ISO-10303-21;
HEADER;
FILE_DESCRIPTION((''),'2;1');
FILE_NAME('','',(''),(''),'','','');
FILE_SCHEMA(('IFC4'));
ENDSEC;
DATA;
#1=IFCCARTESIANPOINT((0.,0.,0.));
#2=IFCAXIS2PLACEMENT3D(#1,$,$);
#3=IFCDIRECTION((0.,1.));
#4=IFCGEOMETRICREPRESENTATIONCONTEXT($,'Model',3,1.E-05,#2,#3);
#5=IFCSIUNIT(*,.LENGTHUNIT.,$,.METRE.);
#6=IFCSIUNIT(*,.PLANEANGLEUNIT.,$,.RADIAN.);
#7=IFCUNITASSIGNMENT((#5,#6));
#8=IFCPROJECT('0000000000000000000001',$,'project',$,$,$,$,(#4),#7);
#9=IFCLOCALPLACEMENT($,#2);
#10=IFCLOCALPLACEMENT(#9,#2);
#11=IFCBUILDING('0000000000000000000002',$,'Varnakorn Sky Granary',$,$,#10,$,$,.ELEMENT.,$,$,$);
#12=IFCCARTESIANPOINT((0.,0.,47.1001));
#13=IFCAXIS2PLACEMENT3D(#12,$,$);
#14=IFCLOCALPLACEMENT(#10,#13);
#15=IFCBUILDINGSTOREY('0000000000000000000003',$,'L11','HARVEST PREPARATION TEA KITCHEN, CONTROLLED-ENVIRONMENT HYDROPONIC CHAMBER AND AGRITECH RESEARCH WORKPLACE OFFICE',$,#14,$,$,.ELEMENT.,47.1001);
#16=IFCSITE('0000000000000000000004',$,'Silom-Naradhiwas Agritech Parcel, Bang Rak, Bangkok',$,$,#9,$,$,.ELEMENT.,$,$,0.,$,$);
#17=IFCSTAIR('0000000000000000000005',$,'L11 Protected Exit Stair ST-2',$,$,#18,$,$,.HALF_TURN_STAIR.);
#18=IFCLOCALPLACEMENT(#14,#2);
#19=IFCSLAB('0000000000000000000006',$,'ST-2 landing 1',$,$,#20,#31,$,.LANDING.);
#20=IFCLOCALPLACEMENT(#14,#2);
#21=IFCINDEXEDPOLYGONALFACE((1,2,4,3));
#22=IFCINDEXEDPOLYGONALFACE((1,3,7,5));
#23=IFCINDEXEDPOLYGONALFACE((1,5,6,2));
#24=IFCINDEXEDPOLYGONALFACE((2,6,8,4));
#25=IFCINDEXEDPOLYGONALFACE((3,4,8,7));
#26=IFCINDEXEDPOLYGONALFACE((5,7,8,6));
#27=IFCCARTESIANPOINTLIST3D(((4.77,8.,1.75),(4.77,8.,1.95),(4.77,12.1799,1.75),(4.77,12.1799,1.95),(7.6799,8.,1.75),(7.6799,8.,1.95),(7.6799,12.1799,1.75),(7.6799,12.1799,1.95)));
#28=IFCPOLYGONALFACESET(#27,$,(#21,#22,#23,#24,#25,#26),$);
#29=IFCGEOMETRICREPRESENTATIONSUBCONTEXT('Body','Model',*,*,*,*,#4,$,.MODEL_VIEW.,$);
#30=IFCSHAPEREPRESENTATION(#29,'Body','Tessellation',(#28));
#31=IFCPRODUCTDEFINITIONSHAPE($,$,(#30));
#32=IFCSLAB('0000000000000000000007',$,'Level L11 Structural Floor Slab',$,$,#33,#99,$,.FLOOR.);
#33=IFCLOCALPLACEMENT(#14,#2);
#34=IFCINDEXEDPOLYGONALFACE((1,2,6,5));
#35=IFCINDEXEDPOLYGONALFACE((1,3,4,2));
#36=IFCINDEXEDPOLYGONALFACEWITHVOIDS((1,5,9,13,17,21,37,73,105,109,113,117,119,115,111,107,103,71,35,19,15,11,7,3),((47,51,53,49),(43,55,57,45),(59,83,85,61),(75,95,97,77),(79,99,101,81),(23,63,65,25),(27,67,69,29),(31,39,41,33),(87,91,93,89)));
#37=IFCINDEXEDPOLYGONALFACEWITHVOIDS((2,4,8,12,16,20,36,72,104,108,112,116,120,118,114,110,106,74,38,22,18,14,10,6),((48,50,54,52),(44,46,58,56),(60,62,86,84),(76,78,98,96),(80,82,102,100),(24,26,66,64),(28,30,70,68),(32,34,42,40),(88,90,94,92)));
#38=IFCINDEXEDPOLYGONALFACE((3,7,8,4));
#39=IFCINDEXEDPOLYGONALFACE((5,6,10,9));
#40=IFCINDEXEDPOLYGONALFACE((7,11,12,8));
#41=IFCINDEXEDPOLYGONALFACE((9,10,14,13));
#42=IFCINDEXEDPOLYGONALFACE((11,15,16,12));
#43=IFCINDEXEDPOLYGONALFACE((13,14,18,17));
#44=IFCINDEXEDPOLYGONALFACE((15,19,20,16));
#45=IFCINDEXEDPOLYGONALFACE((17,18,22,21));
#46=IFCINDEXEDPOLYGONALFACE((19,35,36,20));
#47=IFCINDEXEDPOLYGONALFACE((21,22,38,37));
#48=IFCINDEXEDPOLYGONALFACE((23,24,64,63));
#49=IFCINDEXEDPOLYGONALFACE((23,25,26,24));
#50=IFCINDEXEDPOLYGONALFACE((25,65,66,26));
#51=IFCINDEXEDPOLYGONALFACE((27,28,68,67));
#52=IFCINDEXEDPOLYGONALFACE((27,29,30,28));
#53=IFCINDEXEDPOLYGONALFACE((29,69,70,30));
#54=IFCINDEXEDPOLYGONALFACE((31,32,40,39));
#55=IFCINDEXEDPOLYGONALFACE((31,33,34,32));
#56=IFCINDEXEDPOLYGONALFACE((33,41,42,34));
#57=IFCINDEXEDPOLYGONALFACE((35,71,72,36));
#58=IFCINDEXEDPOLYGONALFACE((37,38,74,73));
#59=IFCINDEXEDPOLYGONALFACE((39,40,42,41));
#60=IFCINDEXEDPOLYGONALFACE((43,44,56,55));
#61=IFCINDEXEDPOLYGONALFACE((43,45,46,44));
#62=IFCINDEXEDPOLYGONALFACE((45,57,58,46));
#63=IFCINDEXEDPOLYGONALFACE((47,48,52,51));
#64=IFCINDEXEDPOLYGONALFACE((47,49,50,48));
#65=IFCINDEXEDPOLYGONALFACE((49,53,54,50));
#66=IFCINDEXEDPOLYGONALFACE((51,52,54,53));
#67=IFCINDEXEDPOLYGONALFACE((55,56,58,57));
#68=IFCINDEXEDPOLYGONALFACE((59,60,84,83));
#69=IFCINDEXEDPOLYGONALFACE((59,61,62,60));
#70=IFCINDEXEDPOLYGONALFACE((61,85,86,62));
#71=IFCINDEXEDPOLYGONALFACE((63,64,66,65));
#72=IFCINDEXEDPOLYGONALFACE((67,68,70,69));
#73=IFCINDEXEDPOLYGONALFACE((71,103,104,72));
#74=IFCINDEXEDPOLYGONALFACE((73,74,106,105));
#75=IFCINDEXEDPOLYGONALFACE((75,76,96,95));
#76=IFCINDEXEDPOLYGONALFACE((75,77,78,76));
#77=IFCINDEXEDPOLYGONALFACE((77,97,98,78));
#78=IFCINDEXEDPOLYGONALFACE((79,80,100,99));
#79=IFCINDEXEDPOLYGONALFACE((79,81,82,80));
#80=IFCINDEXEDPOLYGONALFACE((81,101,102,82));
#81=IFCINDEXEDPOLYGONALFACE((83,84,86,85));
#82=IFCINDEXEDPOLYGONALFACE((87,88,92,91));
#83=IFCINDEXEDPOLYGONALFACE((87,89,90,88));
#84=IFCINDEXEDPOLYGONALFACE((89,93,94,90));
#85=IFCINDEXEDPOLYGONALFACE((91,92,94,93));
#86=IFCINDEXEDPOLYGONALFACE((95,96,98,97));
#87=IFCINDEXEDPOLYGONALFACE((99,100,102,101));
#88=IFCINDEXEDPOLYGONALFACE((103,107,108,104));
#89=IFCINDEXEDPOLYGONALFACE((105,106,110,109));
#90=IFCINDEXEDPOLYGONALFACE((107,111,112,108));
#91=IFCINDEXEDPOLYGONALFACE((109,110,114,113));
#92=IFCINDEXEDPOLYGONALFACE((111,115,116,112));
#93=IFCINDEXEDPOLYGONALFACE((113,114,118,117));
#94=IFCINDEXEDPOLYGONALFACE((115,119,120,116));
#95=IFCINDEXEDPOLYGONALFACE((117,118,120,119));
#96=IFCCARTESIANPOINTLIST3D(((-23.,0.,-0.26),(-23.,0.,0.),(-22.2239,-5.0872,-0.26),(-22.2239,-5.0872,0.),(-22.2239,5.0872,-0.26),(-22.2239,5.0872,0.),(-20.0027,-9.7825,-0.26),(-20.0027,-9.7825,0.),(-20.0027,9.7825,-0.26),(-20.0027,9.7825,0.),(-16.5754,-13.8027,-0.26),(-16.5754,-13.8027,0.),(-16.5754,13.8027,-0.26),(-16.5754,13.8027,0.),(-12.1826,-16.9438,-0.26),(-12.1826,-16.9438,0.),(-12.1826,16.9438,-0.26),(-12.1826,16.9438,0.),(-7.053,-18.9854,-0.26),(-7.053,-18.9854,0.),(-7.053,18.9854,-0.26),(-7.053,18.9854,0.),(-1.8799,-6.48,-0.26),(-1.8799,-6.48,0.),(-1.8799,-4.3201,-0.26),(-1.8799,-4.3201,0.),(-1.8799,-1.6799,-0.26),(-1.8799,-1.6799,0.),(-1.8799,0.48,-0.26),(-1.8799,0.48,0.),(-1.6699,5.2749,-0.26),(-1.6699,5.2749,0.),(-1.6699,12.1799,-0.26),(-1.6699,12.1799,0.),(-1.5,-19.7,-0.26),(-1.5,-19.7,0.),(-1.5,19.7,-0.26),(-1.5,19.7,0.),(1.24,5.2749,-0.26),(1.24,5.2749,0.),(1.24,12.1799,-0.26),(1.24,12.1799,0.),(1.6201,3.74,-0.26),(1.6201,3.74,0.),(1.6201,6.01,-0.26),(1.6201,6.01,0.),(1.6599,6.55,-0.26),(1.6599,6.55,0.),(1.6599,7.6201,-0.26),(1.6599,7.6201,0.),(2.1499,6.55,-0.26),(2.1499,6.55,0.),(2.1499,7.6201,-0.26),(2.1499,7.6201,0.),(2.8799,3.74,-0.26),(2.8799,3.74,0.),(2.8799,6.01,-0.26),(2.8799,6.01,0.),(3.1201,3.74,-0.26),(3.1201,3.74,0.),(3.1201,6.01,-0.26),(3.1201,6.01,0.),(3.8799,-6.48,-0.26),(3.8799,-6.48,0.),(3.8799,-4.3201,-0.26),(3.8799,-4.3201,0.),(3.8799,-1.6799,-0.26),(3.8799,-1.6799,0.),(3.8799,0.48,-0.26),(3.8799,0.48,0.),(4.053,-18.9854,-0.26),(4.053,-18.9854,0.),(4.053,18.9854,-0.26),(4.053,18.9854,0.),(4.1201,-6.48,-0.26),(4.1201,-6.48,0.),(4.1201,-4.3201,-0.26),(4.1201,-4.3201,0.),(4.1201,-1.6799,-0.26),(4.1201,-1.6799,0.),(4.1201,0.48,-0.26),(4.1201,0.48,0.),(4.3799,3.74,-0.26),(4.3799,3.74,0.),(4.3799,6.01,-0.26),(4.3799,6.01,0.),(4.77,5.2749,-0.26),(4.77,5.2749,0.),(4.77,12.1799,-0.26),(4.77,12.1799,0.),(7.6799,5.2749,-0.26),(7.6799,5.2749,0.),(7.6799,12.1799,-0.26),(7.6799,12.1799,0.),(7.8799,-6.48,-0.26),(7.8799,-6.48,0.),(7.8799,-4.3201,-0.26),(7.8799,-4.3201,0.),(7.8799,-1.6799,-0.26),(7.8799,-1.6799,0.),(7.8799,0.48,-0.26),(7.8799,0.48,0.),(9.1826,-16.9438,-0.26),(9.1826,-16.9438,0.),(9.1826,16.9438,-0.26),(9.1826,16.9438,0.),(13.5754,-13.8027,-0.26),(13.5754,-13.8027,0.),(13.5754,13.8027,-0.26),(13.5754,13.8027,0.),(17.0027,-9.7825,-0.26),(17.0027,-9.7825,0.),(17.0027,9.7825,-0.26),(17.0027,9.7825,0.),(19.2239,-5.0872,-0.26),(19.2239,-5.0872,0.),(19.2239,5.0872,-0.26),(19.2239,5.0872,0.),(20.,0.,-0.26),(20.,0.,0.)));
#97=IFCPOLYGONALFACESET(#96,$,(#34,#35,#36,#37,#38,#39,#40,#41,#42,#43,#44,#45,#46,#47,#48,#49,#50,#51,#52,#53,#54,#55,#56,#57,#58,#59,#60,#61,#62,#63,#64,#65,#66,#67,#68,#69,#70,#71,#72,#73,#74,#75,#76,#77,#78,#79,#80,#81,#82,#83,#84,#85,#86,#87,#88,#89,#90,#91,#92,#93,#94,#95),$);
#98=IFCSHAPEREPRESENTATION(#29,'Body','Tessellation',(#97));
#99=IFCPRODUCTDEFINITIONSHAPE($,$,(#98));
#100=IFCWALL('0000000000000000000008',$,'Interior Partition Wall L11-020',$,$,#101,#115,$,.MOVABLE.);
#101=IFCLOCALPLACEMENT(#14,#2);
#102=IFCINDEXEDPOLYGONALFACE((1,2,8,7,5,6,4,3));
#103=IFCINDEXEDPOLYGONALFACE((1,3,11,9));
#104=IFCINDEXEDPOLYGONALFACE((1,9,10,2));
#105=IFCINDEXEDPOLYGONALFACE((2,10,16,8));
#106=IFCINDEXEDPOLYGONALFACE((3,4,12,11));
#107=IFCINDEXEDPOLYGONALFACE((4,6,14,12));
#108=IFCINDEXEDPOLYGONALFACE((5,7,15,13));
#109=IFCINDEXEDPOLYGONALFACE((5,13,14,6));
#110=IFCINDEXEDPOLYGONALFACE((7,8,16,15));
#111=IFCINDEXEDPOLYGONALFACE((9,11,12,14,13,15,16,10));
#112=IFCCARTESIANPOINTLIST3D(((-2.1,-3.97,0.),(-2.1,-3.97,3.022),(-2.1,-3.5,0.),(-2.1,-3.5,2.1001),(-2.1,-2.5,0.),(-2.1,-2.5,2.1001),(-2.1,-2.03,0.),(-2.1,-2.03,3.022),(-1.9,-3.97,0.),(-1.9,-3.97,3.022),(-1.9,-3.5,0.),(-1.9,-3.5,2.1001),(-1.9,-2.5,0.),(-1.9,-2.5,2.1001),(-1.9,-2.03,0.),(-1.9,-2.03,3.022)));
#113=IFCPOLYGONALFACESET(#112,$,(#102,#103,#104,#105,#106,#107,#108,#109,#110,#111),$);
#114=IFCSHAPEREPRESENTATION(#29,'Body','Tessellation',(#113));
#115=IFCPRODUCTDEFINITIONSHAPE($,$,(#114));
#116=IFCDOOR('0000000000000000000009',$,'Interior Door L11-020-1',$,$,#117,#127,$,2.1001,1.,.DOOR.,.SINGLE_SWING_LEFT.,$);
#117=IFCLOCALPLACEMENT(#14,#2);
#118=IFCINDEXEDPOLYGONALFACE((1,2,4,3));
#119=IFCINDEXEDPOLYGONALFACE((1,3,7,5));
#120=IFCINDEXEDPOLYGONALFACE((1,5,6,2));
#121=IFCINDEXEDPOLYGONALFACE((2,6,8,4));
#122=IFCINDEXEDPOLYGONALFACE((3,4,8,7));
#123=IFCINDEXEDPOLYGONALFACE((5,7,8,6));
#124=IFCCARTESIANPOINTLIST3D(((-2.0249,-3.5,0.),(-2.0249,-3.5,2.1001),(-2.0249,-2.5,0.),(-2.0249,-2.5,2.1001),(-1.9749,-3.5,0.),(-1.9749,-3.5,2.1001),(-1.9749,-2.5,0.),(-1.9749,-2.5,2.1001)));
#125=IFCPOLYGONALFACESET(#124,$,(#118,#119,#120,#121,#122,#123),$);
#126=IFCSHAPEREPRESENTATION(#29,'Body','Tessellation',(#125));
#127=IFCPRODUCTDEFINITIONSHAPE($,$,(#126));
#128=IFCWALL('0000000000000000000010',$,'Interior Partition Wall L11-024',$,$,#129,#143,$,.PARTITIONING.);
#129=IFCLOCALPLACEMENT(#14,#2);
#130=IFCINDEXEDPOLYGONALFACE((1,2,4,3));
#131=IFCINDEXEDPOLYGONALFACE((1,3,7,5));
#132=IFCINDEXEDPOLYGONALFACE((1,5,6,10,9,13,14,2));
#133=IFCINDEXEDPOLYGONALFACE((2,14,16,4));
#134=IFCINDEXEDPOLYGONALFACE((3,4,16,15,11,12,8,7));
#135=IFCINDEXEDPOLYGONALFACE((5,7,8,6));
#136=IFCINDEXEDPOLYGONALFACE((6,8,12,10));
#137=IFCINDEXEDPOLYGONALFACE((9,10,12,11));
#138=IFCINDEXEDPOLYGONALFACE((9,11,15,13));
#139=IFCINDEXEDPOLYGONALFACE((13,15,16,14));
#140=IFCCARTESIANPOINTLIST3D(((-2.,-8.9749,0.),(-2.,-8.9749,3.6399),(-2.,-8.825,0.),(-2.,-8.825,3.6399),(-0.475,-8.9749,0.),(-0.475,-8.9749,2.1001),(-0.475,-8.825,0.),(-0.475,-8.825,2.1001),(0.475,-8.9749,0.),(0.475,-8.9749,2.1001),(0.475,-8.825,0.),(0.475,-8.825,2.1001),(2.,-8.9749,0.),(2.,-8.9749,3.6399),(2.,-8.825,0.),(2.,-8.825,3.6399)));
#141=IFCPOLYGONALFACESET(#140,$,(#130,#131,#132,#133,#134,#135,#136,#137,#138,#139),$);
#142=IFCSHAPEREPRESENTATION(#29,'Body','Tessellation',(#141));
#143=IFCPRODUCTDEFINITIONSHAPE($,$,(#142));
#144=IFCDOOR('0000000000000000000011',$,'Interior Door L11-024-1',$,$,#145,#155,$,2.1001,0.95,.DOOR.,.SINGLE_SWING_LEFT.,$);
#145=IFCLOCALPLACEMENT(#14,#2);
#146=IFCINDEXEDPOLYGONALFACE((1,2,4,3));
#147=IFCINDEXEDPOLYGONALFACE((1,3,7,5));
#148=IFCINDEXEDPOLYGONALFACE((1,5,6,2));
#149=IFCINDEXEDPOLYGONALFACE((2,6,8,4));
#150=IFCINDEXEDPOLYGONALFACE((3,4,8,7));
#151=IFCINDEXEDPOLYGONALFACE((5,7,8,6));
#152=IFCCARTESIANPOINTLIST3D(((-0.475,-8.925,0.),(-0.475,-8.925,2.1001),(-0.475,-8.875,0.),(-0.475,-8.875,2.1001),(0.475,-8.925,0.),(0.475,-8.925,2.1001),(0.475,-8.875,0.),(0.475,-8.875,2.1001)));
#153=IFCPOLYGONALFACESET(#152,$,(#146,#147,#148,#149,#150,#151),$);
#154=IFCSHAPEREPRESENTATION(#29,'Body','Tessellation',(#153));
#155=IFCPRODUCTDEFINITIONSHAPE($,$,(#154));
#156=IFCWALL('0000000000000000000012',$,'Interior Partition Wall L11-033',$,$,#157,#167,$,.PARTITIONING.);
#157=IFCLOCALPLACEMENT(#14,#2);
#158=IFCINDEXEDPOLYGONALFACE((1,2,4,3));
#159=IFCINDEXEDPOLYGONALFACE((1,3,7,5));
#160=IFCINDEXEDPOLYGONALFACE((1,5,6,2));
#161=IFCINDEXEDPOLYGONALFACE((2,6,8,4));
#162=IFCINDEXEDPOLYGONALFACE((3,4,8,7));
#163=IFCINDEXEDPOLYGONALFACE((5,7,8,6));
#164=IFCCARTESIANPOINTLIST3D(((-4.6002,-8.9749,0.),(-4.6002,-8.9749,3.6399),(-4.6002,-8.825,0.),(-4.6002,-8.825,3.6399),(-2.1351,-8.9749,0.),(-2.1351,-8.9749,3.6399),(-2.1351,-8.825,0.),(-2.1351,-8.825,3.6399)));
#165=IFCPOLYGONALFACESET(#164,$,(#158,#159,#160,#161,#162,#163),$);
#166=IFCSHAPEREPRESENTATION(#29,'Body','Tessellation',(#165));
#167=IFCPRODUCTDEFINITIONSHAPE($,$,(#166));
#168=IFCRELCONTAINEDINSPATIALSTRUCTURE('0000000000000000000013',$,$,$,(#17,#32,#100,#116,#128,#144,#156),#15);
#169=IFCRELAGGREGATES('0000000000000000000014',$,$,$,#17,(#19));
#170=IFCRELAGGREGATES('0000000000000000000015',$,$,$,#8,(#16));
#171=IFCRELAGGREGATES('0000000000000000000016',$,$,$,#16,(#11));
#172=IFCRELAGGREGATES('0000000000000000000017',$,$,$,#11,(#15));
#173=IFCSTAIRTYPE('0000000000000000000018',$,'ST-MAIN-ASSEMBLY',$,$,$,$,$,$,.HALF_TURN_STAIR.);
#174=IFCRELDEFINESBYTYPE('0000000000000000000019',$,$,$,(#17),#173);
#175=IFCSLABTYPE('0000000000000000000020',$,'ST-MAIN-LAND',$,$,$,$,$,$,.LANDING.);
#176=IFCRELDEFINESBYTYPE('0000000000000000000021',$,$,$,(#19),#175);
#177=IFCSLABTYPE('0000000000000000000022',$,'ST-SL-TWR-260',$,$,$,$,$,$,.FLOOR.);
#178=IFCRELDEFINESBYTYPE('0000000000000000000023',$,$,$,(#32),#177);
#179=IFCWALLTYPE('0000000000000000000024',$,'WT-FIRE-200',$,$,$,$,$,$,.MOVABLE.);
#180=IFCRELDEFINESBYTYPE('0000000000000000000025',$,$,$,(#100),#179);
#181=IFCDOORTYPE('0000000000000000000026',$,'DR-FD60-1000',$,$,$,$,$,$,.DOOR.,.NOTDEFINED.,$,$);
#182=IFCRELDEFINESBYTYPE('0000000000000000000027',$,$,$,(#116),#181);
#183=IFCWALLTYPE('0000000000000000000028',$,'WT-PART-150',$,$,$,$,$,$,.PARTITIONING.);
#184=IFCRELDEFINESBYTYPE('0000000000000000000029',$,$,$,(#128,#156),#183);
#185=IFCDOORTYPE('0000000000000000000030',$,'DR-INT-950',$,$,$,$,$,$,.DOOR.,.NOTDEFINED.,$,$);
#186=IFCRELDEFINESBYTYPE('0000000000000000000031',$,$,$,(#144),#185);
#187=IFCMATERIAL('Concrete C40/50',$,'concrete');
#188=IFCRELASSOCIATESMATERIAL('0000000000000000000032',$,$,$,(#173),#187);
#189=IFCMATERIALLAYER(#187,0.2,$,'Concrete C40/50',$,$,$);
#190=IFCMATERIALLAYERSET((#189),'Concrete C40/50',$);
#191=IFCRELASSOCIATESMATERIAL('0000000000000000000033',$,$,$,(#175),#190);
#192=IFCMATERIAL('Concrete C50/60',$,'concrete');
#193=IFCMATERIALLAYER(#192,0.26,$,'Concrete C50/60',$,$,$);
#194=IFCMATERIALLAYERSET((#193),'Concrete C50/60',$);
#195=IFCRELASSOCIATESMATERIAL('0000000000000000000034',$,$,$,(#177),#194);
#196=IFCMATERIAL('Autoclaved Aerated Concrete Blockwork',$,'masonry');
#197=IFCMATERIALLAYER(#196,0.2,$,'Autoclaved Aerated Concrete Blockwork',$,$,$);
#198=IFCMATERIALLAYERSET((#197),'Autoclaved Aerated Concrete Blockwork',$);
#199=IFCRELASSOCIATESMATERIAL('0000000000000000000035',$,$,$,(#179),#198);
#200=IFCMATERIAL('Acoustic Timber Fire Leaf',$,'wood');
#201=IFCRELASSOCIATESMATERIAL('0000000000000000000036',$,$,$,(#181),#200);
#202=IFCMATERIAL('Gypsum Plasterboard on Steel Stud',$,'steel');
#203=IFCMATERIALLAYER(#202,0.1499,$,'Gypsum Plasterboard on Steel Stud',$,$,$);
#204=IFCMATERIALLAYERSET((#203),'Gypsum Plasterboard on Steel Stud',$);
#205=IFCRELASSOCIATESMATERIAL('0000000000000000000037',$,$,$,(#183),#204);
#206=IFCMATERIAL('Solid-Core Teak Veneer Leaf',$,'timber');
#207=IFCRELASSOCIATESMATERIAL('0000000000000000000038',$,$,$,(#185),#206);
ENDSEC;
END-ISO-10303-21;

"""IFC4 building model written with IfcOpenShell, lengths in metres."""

from ifc_helpers import new_model, si_unit, direction, frame, frame_2d, origin, place, context, subcontext, project, spatial, polyline, rectangle, outline, extrude, material, layer, layer_set, type_object, element, fill, aggregate, save


model = new_model("IFC4")

# Units and contexts
model_context = context("Model", 3, precision=1e-05, world=origin(), true_north=direction((0.0, 1.0)))
body_context = subcontext(model_context, "Body", "Model", "MODEL_VIEW")
ifc_project = project(units=[si_unit("LENGTHUNIT", "METRE"), si_unit("PLANEANGLEUNIT", "RADIAN")], contexts=[model_context])

# Site, building, storey
site_placement = place(None, origin())
site = spatial("IfcSite", under=ifc_project, at=site_placement, Name="Silom-Naradhiwas Agritech Parcel, Bang Rak, Bangkok", CompositionType="ELEMENT", RefElevation=0.0)
building_placement = place(site_placement, origin())
building = spatial("IfcBuilding", under=site, at=building_placement, Name="Varnakorn Sky Granary", CompositionType="ELEMENT")
storey_placement = place(building_placement, frame((0.0, 0.0, 47.1001)))
storey = spatial("IfcBuildingStorey", under=building, at=storey_placement, Name="L11", Description="HARVEST PREPARATION TEA KITCHEN, CONTROLLED-ENVIRONMENT HYDROPONIC CHAMBER AND AGRITECH RESEARCH WORKPLACE OFFICE", CompositionType="ELEMENT", Elevation=47.1001)

# Stair, slab
ifc_material_1 = material(Name="Concrete C40/50", Category="concrete")
stair_type = type_object("IfcStairType", Name="ST-MAIN-ASSEMBLY", PredefinedType="HALF_TURN_STAIR", material=ifc_material_1)
ifc_layer_1 = layer(ifc_material_1, 0.2, Name="Concrete C40/50")
ifc_layer_set_1 = layer_set([ifc_layer_1], Name="Concrete C40/50")
slab_type_1 = type_object("IfcSlabType", Name="ST-MAIN-LAND", PredefinedType="LANDING", material=ifc_layer_set_1)
stair_1_placement = place(storey_placement, origin())
stair_1 = element("IfcStair", 1, at=stair_1_placement, inside=storey, type_object=stair_type, Name="L11 Protected Exit Stair ST-2", PredefinedType="HALF_TURN_STAIR")
slab_1_placement = place(storey_placement, frame((0.0, 0.0, 1.75)))
slab_1 = element("IfcSlab", 2, at=slab_1_placement, type_object=slab_type_1, Name="ST-2 landing 1", PredefinedType="LANDING", context=body_context, shape_type="SweptSolid", body=[
    extrude(outline(polyline([(7.6799, 8.0), (7.6799, 12.1799), (4.77, 12.1799), (4.77, 8.0), (7.6799, 8.0)])), origin(), (0.0, 0.0, 1.0), 0.2),
])
aggregate(stair_1, [slab_1])

# Slab
ifc_material_2 = material(Name="Concrete C50/60", Category="concrete")
ifc_layer_2 = layer(ifc_material_2, 0.26, Name="Concrete C50/60")
ifc_layer_set_2 = layer_set([ifc_layer_2], Name="Concrete C50/60")
slab_type_2 = type_object("IfcSlabType", Name="ST-SL-TWR-260", PredefinedType="FLOOR", material=ifc_layer_set_2)
slab_2_placement = place(storey_placement, frame((0.0, 0.0, -0.26)))
element("IfcSlab", 3, at=slab_2_placement, inside=storey, type_object=slab_type_2, Name="Level L11 Structural Floor Slab", PredefinedType="FLOOR", context=body_context, shape_type="SweptSolid", body=[
    extrude(outline(polyline([(20.0, 0.0), (19.2239, 5.0872), (17.0027, 9.7825), (13.5754, 13.8027), (9.1826, 16.9438), (4.053, 18.9854), (-1.5, 19.7), (-7.053, 18.9854), (-12.1826, 16.9438), (-16.5754, 13.8027), (-20.0027, 9.7825), (-22.2239, 5.0872), (-23.0, 0.0), (-22.2239, -5.0872), (-20.0027, -9.7825), (-16.5754, -13.8027), (-12.1826, -16.9438), (-7.053, -18.9854), (-1.5, -19.7), (4.053, -18.9854), (9.1826, -16.9438), (13.5754, -13.8027), (17.0027, -9.7825), (19.2239, -5.0872), (20.0, 0.0)]), holes=[polyline([(1.24, 5.2749), (1.24, 12.1799), (-1.6699, 12.1799), (-1.6699, 5.2749), (1.24, 5.2749)]), polyline([(7.6799, 5.2749), (7.6799, 12.1799), (4.77, 12.1799), (4.77, 5.2749), (7.6799, 5.2749)]), polyline([(1.6599, 6.55), (2.1499, 6.55), (2.1499, 7.6201), (1.6599, 7.6201), (1.6599, 6.55)]), polyline([(1.6201, 3.74), (2.8799, 3.74), (2.8799, 6.01), (1.6201, 6.01), (1.6201, 3.74)]), polyline([(3.1201, 3.74), (4.3799, 3.74), (4.3799, 6.01), (3.1201, 6.01), (3.1201, 3.74)]), polyline([(-1.8799, -1.6799), (3.8799, -1.6799), (3.8799, 0.48), (-1.8799, 0.48), (-1.8799, -1.6799)]), polyline([(4.1201, -1.6799), (7.8799, -1.6799), (7.8799, 0.48), (4.1201, 0.48), (4.1201, -1.6799)]), polyline([(-1.8799, -6.48), (3.8799, -6.48), (3.8799, -4.3201), (-1.8799, -4.3201), (-1.8799, -6.48)]), polyline([(4.1201, -6.48), (7.8799, -6.48), (7.8799, -4.3201), (4.1201, -4.3201), (4.1201, -6.48)])]), origin(), (0.0, 0.0, 1.0), 0.26),
])

# Walls, openings, doors
ifc_material_3 = material(Name="Autoclaved Aerated Concrete Blockwork", Category="masonry")
ifc_layer_3 = layer(ifc_material_3, 0.2, Name="Autoclaved Aerated Concrete Blockwork")
ifc_layer_set_3 = layer_set([ifc_layer_3], Name="Autoclaved Aerated Concrete Blockwork")
wall_type_1 = type_object("IfcWallType", Name="WT-FIRE-200", PredefinedType="MOVABLE", material=ifc_layer_set_3)
wall_1_placement = place(storey_placement, frame((-2.0, -3.97, 0.0), z_axis=(0.0, 0.0, 1.0), x_axis=(0.0, 1.0, 0.0)))
wall_1 = element("IfcWall", 4, at=wall_1_placement, inside=storey, type_object=wall_type_1, Name="Interior Partition Wall L11-020", PredefinedType="MOVABLE", context=body_context, shape_type="SweptSolid", body=[
    extrude(rectangle(XDim=1.9399, YDim=0.2, at=frame_2d((0.97, 0.0))), origin(), (0.0, 0.0, 1.0), 3.022),
])
opening_1_placement = place(wall_1_placement, frame((0.47, 0.0, 0.0)))
opening_1 = element("IfcOpeningElement", 5, at=opening_1_placement, cuts=wall_1, PredefinedType="OPENING", context=body_context, shape_type="SweptSolid", body=[
    extrude(rectangle(XDim=1.0, YDim=2.1001, at=frame_2d((0.5, 1.05))), frame((0.0, 0.1099, 0.0), z_axis=(0.0, -1.0, 0.0), x_axis=(1.0, 0.0, 0.0)), (0.0, 0.0, 1.0), 0.22),
])
ifc_material_4 = material(Name="Acoustic Timber Fire Leaf", Category="wood")
door_type_1 = type_object("IfcDoorType", Name="DR-FD60-1000", OperationType="NOTDEFINED", PredefinedType="DOOR", material=ifc_material_4)
door_1_placement = place(opening_1_placement, origin())
door_1 = element("IfcDoor", 6, at=door_1_placement, inside=storey, type_object=door_type_1, Name="Interior Door L11-020-1", OperationType="SINGLE_SWING_LEFT", OverallHeight=2.1001, OverallWidth=1.0, PredefinedType="DOOR", context=body_context, shape_type="SweptSolid", body=[
    extrude(rectangle(XDim=1.0, YDim=2.1001, at=frame_2d((0.5, 1.05))), frame((0.0, 0.0249, 0.0), z_axis=(0.0, -1.0, 0.0), x_axis=(1.0, 0.0, 0.0)), (0.0, 0.0, 1.0), 0.05),
])
fill(opening_1, door_1)
ifc_material_5 = material(Name="Gypsum Plasterboard on Steel Stud", Category="steel")
ifc_layer_4 = layer(ifc_material_5, 0.1499, Name="Gypsum Plasterboard on Steel Stud")
ifc_layer_set_4 = layer_set([ifc_layer_4], Name="Gypsum Plasterboard on Steel Stud")
wall_type_2 = type_object("IfcWallType", Name="WT-PART-150", PredefinedType="PARTITIONING", material=ifc_layer_set_4)
wall_2_placement = place(storey_placement, frame((-2.0, -8.8999, 0.0), z_axis=(0.0, 0.0, 1.0), x_axis=(1.0, 0.0, 0.0)))
wall_2 = element("IfcWall", 7, at=wall_2_placement, inside=storey, type_object=wall_type_2, Name="Interior Partition Wall L11-024", PredefinedType="PARTITIONING", context=body_context, shape_type="SweptSolid", body=[
    extrude(rectangle(XDim=4.0, YDim=0.1499, at=frame_2d((2.0, 0.0))), origin(), (0.0, 0.0, 1.0), 3.6399),
])
opening_2_placement = place(wall_2_placement, frame((1.5249, 0.0, 0.0)))
opening_2 = element("IfcOpeningElement", 8, at=opening_2_placement, cuts=wall_2, PredefinedType="OPENING", context=body_context, shape_type="SweptSolid", body=[
    extrude(rectangle(XDim=0.95, YDim=2.1001, at=frame_2d((0.4751, 1.05))), frame((0.0, 0.085, 0.0), z_axis=(0.0, -1.0, 0.0), x_axis=(1.0, 0.0, 0.0)), (0.0, 0.0, 1.0), 0.1699),
])
ifc_material_6 = material(Name="Solid-Core Teak Veneer Leaf", Category="timber")
door_type_2 = type_object("IfcDoorType", Name="DR-INT-950", OperationType="NOTDEFINED", PredefinedType="DOOR", material=ifc_material_6)
door_2_placement = place(opening_2_placement, origin())
door_2 = element("IfcDoor", 9, at=door_2_placement, inside=storey, type_object=door_type_2, Name="Interior Door L11-024-1", OperationType="SINGLE_SWING_LEFT", OverallHeight=2.1001, OverallWidth=0.95, PredefinedType="DOOR", context=body_context, shape_type="SweptSolid", body=[
    extrude(rectangle(XDim=0.95, YDim=2.1001, at=frame_2d((0.4751, 1.05))), frame((0.0, 0.0249, 0.0), z_axis=(0.0, -1.0, 0.0), x_axis=(1.0, 0.0, 0.0)), (0.0, 0.0, 1.0), 0.05),
])
fill(opening_2, door_2)

# Wall
wall_3_placement = place(storey_placement, frame((-4.6001, -8.8999, 0.0), z_axis=(0.0, 0.0, 1.0), x_axis=(1.0, 0.0, 0.0)))
element("IfcWall", 10, at=wall_3_placement, inside=storey, type_object=wall_type_2, Name="Interior Partition Wall L11-033", PredefinedType="PARTITIONING", context=body_context, shape_type="SweptSolid", body=[
    extrude(rectangle(XDim=2.4651, YDim=0.1499, at=frame_2d((1.2324, 0.0))), origin(), (0.0, 0.0, 1.0), 3.6399),
])

save(model, "model.ifc")
